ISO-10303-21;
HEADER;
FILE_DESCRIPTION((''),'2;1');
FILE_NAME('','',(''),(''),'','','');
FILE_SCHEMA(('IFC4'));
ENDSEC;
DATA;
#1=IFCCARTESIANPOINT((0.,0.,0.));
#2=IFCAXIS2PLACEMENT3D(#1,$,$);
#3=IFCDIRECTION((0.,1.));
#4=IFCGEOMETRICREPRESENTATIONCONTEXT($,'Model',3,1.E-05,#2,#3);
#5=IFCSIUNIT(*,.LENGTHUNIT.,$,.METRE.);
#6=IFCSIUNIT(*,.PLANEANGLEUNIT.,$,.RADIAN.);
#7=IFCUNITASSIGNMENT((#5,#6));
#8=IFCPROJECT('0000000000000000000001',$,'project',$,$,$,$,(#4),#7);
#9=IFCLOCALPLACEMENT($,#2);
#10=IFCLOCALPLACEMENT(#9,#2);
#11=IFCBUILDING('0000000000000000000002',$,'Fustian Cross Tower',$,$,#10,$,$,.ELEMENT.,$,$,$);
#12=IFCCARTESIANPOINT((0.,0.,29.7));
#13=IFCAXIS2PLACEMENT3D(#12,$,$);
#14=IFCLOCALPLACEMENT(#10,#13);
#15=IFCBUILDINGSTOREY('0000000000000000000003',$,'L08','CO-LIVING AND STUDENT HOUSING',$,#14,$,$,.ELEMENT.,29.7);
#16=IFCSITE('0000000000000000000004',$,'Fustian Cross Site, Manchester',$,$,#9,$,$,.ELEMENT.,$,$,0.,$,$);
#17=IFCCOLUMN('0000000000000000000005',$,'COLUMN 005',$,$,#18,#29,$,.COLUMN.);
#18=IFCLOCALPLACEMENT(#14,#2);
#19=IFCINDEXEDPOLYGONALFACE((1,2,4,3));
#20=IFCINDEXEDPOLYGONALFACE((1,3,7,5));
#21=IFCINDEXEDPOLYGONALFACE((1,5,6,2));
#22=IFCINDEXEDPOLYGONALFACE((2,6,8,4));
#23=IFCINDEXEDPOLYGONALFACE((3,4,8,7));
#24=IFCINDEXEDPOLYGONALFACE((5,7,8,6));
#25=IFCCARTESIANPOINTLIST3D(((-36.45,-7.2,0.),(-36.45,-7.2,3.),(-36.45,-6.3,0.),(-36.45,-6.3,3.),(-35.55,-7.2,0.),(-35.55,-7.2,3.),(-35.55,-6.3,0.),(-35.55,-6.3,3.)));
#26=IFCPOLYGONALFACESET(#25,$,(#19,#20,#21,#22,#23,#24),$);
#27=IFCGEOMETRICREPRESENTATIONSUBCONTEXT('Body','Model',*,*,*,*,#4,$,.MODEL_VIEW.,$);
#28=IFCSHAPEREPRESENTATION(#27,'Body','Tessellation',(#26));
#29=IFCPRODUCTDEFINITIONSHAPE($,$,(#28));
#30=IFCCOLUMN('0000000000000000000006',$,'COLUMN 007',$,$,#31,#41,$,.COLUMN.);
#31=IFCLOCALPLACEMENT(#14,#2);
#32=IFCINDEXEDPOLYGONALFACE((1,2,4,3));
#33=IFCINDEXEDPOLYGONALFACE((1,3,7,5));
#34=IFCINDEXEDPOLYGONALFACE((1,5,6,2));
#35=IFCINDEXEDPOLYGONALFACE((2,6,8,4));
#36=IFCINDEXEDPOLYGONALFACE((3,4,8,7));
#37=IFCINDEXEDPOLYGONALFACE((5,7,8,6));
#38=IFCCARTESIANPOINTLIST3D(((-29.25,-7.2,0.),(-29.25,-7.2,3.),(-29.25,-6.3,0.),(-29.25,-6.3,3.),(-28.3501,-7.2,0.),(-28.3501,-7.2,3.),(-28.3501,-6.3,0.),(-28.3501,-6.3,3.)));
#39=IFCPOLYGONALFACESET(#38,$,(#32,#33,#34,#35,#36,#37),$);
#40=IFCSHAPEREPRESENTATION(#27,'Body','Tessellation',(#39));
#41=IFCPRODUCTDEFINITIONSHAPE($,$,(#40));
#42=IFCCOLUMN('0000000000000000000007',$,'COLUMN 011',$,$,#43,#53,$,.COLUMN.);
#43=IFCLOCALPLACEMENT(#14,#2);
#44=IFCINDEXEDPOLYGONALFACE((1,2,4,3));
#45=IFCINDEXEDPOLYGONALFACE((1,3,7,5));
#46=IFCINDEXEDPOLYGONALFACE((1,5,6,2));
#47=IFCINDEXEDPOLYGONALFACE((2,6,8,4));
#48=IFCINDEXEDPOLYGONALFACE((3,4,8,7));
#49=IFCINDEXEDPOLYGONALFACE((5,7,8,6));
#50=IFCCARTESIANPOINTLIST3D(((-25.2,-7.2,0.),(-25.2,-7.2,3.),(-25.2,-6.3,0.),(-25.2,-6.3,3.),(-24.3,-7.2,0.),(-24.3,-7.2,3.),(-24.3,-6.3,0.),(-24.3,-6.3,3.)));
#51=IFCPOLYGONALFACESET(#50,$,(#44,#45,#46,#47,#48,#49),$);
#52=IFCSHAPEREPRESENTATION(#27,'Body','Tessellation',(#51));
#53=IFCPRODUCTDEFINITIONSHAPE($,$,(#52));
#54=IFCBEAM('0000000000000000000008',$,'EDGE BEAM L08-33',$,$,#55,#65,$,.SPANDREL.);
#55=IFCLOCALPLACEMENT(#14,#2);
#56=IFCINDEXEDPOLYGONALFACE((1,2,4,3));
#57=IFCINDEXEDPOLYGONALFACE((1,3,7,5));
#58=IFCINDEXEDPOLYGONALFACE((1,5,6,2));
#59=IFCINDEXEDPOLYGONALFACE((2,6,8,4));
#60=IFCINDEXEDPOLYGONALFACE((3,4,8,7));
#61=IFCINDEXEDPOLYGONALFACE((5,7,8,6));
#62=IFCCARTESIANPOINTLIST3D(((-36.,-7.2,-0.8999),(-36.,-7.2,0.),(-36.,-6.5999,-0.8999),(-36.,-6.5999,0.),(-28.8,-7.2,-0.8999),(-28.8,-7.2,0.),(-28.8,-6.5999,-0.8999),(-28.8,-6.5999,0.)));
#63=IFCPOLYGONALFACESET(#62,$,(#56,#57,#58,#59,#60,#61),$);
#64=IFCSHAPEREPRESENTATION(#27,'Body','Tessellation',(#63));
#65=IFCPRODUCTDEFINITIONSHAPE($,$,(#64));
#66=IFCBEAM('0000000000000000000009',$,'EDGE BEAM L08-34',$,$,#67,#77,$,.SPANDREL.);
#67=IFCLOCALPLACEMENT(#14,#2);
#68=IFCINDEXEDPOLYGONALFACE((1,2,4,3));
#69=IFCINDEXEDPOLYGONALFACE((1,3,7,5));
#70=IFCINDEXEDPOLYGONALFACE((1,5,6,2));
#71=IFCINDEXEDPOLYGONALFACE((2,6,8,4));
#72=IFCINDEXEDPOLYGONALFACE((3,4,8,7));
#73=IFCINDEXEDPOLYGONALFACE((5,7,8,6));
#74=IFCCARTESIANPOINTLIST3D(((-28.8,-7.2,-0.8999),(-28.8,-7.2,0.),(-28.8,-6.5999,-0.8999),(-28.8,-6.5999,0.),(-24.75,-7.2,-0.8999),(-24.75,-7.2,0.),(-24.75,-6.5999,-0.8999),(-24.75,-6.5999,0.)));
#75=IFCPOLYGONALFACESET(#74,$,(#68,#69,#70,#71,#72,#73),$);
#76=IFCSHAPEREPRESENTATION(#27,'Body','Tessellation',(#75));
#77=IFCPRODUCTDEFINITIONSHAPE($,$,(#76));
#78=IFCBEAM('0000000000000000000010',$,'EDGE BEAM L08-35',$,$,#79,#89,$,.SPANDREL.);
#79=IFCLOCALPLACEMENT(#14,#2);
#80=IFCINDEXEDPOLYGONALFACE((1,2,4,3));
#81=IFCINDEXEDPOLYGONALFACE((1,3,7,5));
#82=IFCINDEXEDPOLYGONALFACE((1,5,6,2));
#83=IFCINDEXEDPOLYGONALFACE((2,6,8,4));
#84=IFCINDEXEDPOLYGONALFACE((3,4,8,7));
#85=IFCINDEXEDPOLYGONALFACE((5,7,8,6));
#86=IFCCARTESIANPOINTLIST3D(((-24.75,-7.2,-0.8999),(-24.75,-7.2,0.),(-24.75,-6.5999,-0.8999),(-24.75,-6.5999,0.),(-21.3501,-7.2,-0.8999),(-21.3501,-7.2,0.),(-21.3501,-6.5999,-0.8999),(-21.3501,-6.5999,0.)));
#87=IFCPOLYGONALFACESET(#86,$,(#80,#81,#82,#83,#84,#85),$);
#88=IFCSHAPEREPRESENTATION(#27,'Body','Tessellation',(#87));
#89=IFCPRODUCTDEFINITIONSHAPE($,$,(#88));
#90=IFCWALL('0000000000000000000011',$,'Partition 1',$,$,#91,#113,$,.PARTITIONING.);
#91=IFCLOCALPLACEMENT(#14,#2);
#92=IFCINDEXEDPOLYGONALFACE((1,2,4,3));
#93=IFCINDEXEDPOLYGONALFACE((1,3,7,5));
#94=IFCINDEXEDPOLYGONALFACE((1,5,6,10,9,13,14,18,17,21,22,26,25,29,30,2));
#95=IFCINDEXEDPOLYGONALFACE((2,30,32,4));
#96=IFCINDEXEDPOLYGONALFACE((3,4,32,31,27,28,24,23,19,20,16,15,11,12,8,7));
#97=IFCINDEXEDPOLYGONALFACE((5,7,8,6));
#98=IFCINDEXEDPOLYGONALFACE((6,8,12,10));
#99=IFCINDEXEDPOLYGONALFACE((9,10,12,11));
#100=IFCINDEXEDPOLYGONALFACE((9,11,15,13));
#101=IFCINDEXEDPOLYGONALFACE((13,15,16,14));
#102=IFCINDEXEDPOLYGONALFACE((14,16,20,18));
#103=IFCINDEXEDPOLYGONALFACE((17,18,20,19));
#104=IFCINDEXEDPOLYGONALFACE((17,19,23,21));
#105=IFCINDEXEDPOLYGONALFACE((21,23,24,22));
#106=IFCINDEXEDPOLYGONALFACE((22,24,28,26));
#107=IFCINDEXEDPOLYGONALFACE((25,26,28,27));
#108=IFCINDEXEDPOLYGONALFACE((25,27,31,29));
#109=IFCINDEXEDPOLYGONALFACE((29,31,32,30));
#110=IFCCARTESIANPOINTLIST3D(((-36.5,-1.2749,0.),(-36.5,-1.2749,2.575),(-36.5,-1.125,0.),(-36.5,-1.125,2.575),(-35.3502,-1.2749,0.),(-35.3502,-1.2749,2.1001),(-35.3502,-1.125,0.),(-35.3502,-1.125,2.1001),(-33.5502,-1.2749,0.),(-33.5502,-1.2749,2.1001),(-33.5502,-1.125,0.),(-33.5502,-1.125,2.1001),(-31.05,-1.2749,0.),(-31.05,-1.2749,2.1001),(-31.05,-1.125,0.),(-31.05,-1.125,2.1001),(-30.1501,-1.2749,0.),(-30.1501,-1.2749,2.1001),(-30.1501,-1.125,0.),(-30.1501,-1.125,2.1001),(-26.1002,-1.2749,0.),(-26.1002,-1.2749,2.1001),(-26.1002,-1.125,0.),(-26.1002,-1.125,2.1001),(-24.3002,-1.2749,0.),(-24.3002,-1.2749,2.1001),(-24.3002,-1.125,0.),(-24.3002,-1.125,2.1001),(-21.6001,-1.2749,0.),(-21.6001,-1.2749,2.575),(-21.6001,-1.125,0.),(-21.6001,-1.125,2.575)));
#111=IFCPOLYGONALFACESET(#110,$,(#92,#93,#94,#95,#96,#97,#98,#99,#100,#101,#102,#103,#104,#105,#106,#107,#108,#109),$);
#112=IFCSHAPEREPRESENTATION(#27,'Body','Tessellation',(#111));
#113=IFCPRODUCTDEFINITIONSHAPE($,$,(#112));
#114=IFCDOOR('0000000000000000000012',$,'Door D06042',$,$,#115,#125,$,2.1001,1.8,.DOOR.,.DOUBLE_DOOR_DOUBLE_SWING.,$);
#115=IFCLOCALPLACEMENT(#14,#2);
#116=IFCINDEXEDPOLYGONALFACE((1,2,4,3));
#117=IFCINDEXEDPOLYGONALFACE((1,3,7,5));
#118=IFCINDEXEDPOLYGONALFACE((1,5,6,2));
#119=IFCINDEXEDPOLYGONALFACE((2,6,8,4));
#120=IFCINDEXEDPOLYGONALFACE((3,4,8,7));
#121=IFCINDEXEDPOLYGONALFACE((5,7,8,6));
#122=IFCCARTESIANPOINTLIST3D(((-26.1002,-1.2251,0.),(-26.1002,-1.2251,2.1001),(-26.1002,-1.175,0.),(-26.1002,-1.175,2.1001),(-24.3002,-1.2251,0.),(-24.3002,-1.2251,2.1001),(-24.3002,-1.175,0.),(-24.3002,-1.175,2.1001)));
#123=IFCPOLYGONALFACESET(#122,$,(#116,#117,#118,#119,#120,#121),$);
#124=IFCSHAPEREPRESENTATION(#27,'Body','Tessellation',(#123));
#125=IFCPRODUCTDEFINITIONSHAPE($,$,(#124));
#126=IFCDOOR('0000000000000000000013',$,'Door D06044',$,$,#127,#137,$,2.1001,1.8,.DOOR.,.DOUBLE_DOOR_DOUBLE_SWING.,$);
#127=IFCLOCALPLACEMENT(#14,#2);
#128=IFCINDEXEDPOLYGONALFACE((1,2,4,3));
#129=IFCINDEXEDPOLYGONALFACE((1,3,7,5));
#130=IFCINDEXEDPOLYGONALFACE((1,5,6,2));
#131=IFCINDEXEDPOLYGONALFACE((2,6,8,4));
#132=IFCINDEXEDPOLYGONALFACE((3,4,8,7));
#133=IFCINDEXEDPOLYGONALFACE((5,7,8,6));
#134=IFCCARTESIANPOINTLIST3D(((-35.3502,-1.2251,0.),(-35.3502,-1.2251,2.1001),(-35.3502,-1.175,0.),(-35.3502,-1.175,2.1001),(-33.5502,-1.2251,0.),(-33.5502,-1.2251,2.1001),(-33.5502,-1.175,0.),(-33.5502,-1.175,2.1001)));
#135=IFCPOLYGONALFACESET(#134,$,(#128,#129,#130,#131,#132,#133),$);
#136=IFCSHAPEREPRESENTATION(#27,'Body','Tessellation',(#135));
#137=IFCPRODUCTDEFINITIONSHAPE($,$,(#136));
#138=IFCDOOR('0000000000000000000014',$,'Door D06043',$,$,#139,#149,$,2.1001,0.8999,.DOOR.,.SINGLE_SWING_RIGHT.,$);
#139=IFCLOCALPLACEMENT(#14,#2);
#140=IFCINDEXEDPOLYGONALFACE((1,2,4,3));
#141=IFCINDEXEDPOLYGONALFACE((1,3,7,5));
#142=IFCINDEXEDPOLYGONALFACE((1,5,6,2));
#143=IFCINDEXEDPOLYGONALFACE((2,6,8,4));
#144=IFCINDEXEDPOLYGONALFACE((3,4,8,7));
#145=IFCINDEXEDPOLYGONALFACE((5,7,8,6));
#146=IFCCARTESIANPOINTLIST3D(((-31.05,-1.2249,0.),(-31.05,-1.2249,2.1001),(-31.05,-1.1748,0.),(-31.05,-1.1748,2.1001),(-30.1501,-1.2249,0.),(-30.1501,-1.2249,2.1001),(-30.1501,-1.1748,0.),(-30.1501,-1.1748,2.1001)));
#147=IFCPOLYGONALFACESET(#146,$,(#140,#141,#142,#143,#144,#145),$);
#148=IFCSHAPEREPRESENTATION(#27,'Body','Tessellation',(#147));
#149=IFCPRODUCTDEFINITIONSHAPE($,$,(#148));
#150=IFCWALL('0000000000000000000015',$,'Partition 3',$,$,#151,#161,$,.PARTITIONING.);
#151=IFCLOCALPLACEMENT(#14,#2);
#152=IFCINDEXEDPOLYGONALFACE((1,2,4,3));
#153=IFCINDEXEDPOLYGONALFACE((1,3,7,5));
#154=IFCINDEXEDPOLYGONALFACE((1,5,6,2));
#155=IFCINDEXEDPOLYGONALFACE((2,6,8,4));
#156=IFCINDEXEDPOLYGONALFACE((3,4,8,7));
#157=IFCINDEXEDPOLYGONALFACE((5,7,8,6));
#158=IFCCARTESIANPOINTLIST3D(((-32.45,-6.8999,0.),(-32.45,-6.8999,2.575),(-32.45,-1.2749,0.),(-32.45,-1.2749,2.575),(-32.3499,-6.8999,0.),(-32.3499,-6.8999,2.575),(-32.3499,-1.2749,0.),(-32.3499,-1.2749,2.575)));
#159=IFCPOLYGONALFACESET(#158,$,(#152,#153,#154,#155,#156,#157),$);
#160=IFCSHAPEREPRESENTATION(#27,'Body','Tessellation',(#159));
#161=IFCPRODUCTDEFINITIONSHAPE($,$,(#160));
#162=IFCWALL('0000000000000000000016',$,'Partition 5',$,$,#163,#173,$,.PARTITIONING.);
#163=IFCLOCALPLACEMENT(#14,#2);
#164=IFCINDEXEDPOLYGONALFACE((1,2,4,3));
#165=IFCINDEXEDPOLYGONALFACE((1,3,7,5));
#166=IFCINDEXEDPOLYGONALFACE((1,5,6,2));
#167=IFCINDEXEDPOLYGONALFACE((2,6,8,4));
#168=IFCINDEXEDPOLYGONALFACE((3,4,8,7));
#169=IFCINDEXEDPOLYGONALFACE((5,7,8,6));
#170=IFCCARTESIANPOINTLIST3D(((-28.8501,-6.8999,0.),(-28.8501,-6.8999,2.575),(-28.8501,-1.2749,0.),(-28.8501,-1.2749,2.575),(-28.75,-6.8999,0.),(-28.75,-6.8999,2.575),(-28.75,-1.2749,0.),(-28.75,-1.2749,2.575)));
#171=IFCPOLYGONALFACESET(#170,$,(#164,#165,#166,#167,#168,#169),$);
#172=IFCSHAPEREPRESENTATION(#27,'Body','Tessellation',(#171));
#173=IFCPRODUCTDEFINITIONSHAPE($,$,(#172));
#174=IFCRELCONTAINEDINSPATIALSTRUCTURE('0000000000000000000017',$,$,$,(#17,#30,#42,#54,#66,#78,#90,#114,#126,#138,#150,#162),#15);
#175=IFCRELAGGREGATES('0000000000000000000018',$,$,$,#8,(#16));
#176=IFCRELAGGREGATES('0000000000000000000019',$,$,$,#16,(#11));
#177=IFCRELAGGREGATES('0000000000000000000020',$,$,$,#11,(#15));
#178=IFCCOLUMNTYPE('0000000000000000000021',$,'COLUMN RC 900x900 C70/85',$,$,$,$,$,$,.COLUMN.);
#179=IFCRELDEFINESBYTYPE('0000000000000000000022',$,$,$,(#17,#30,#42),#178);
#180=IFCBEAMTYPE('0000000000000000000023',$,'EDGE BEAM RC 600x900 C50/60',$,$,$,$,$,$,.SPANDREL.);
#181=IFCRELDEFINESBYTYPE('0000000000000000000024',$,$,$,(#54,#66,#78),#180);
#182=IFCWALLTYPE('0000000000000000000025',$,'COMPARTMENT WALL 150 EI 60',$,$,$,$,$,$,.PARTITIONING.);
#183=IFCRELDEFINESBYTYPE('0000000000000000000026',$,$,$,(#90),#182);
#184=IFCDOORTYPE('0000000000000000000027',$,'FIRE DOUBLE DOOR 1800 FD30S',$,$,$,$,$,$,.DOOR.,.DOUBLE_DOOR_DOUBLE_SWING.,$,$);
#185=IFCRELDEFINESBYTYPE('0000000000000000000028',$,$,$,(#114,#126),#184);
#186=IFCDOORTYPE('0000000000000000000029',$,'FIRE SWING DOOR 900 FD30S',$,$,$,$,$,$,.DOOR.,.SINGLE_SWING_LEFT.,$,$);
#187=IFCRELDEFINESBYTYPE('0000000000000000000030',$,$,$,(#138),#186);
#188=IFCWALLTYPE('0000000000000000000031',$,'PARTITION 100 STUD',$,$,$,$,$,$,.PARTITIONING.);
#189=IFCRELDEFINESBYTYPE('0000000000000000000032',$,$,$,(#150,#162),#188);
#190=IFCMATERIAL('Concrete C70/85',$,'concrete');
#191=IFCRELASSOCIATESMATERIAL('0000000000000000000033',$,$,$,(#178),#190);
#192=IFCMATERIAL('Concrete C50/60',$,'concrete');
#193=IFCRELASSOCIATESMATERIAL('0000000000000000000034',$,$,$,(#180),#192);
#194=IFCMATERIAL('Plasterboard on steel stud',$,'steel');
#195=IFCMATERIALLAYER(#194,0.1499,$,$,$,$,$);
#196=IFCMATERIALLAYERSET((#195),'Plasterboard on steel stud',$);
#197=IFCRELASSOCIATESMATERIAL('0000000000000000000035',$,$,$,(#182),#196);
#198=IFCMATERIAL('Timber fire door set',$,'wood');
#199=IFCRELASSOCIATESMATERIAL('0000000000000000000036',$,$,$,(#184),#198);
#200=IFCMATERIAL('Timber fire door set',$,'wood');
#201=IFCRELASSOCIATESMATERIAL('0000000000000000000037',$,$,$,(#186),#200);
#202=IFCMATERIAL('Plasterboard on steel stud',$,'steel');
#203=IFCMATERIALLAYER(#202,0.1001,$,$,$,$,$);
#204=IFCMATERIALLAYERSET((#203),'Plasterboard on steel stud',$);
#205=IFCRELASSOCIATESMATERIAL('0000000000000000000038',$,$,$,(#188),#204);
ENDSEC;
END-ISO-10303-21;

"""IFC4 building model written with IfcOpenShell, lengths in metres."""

from ifc_helpers import new_model, si_unit, direction, frame, frame_2d, origin, origin_2d, place, context, subcontext, project, spatial, rectangle, extrude, material, layer, layer_set, material_profile, profile_set, type_object, element, fill, save


model = new_model("IFC4")

# Units and contexts
model_context = context("Model", 3, precision=1e-05, world=origin(), true_north=direction((0.0, 1.0)))
body_context = subcontext(model_context, "Body", "Model", "MODEL_VIEW")
ifc_project = project(units=[si_unit("LENGTHUNIT", "METRE"), si_unit("PLANEANGLEUNIT", "RADIAN")], contexts=[model_context])

# Site, building, storey
site_placement = place(None, origin())
site = spatial("IfcSite", under=ifc_project, at=site_placement, Name="Fustian Cross Site, Manchester", CompositionType="ELEMENT", RefElevation=0.0)
building_placement = place(site_placement, origin())
building = spatial("IfcBuilding", under=site, at=building_placement, Name="Fustian Cross Tower", CompositionType="ELEMENT")
storey_placement = place(building_placement, frame((0.0, 0.0, 29.7)))
storey = spatial("IfcBuildingStorey", under=building, at=storey_placement, Name="L08", Description="CO-LIVING AND STUDENT HOUSING", CompositionType="ELEMENT", Elevation=29.7)

# Columns
ifc_material_1 = material(Name="Concrete C70/85", Category="concrete")
ifc_material_profile_1 = material_profile(ifc_material_1, rectangle(XDim=0.8999, YDim=0.8999, at=origin_2d()), Name="RC 900x900")
ifc_profile_set_1 = profile_set([ifc_material_profile_1], Name="Concrete C70/85")
column_type = type_object("IfcColumnType", Name="COLUMN RC 900x900 C70/85", PredefinedType="COLUMN", material=ifc_profile_set_1)
for number, where, z_axis, x_axis, name in (
    (1, (-36.0, -6.75, 0.0), (0.0, 0.0, 1.0), (1.0, 0.0, 0.0), "COLUMN 005"),
    (2, (-28.8, -6.75, 0.0), (0.0, 0.0, 1.0), (1.0, 0.0, 0.0), "COLUMN 007"),
    (3, (-24.75, -6.75, 0.0), (0.0, 0.0, 1.0), (1.0, 0.0, 0.0), "COLUMN 011"),
):
    element("IfcColumn", number, at=place(storey_placement, frame(where, z_axis=z_axis, x_axis=x_axis)), inside=storey, type_object=column_type, Name=name, PredefinedType="COLUMN", context=body_context, shape_type="SweptSolid", body=[
        extrude(rectangle(XDim=0.8999, YDim=0.8999, at=origin_2d()), origin(), (0.0, 0.0, 1.0), 3.0),
    ])

# Beams
ifc_material_2 = material(Name="Concrete C50/60", Category="concrete")
ifc_material_profile_2 = material_profile(ifc_material_2, rectangle(XDim=0.6001, YDim=0.8999, at=origin_2d()), Name="RC 600x900")
ifc_profile_set_2 = profile_set([ifc_material_profile_2], Name="Concrete C50/60")
beam_type = type_object("IfcBeamType", Name="EDGE BEAM RC 600x900 C50/60", PredefinedType="SPANDREL", material=ifc_profile_set_2)
beam_1_placement = place(storey_placement, frame((-36.0, -6.8999, -0.45), z_axis=(1.0, 0.0, 0.0), x_axis=(0.0, 1.0, 0.0)))
element("IfcBeam", 4, at=beam_1_placement, inside=storey, type_object=beam_type, Name="EDGE BEAM L08-33", PredefinedType="SPANDREL", context=body_context, shape_type="SweptSolid", body=[
    extrude(rectangle(XDim=0.6001, YDim=0.8999, at=origin_2d()), origin(), (0.0, 0.0, 1.0), 7.2),
])
beam_2_placement = place(storey_placement, frame((-28.8, -6.8999, -0.45), z_axis=(1.0, 0.0, 0.0), x_axis=(0.0, 1.0, 0.0)))
element("IfcBeam", 5, at=beam_2_placement, inside=storey, type_object=beam_type, Name="EDGE BEAM L08-34", PredefinedType="SPANDREL", context=body_context, shape_type="SweptSolid", body=[
    extrude(rectangle(XDim=0.6001, YDim=0.8999, at=origin_2d()), origin(), (0.0, 0.0, 1.0), 4.05),
])
beam_3_placement = place(storey_placement, frame((-24.75, -6.8999, -0.45), z_axis=(1.0, 0.0, 0.0), x_axis=(0.0, 1.0, 0.0)))
element("IfcBeam", 6, at=beam_3_placement, inside=storey, type_object=beam_type, Name="EDGE BEAM L08-35", PredefinedType="SPANDREL", context=body_context, shape_type="SweptSolid", body=[
    extrude(rectangle(XDim=0.6001, YDim=0.8999, at=origin_2d()), origin(), (0.0, 0.0, 1.0), 3.3999),
])

# Wall, openings, doors
ifc_material_3 = material(Name="Plasterboard on steel stud", Category="steel")
ifc_layer_1 = layer(ifc_material_3, 0.1499)
ifc_layer_set_1 = layer_set([ifc_layer_1], Name="Plasterboard on steel stud")
wall_type_1 = type_object("IfcWallType", Name="COMPARTMENT WALL 150 EI 60", PredefinedType="PARTITIONING", material=ifc_layer_set_1)
wall_1_placement = place(storey_placement, frame((-36.5, -1.2, 0.0), z_axis=(0.0, 0.0, 1.0), x_axis=(1.0, 0.0, 0.0)))
wall_1 = element("IfcWall", 7, at=wall_1_placement, inside=storey, type_object=wall_type_1, Name="Partition 1", PredefinedType="PARTITIONING", context=body_context, shape_type="SweptSolid", body=[
    extrude(rectangle(XDim=14.8999, YDim=0.1499, at=frame_2d((7.45, 0.0))), origin(), (0.0, 0.0, 1.0), 2.575),
])
opening_1_placement = place(wall_1_placement, frame((10.3999, 0.0, 0.0)))
opening_1 = element("IfcOpeningElement", 8, at=opening_1_placement, cuts=wall_1, PredefinedType="OPENING", context=body_context, shape_type="SweptSolid", body=[
    extrude(rectangle(XDim=1.8, YDim=2.1001, at=frame_2d((0.8999, 1.05))), frame((0.0, 0.085, 0.0), z_axis=(0.0, -1.0, 0.0), x_axis=(1.0, 0.0, 0.0)), (0.0, 0.0, 1.0), 0.1699),
])
opening_2_placement = place(wall_1_placement, frame((5.45, 0.0, 0.0)))
opening_2 = element("IfcOpeningElement", 9, at=opening_2_placement, cuts=wall_1, PredefinedType="OPENING", context=body_context, shape_type="SweptSolid", body=[
    extrude(rectangle(XDim=0.8999, YDim=2.1001, at=frame_2d((0.45, 1.05))), frame((0.0, 0.085, 0.0), z_axis=(0.0, -1.0, 0.0), x_axis=(1.0, 0.0, 0.0)), (0.0, 0.0, 1.0), 0.1699),
])
opening_3_placement = place(wall_1_placement, frame((1.1499, 0.0, 0.0)))
opening_3 = element("IfcOpeningElement", 10, at=opening_3_placement, cuts=wall_1, PredefinedType="OPENING", context=body_context, shape_type="SweptSolid", body=[
    extrude(rectangle(XDim=1.8, YDim=2.1001, at=frame_2d((0.8999, 1.05))), frame((0.0, 0.085, 0.0), z_axis=(0.0, -1.0, 0.0), x_axis=(1.0, 0.0, 0.0)), (0.0, 0.0, 1.0), 0.1699),
])
ifc_material_4 = material(Name="Timber fire door set", Category="wood")
door_type_1 = type_object("IfcDoorType", Name="FIRE DOUBLE DOOR 1800 FD30S", OperationType="DOUBLE_DOOR_DOUBLE_SWING", PredefinedType="DOOR", material=ifc_material_4)
door_1_placement = place(opening_1_placement, origin())
door_1 = element("IfcDoor", 11, at=door_1_placement, inside=storey, type_object=door_type_1, Name="Door D06042", OperationType="DOUBLE_DOOR_DOUBLE_SWING", OverallHeight=2.1001, OverallWidth=1.8, PredefinedType="DOOR", context=body_context, shape_type="SweptSolid", body=[
    extrude(rectangle(XDim=1.8, YDim=2.1001, at=frame_2d((0.8999, 1.05))), frame((0.0, 0.0249, 0.0), z_axis=(0.0, -1.0, 0.0), x_axis=(1.0, 0.0, 0.0)), (0.0, 0.0, 1.0), 0.05),
])
fill(opening_1, door_1)
door_2_placement = place(opening_3_placement, origin())
door_2 = element("IfcDoor", 12, at=door_2_placement, inside=storey, type_object=door_type_1, Name="Door D06044", OperationType="DOUBLE_DOOR_DOUBLE_SWING", OverallHeight=2.1001, OverallWidth=1.8, PredefinedType="DOOR", context=body_context, shape_type="SweptSolid", body=[
    extrude(rectangle(XDim=1.8, YDim=2.1001, at=frame_2d((0.8999, 1.05))), frame((0.0, 0.0249, 0.0), z_axis=(0.0, -1.0, 0.0), x_axis=(1.0, 0.0, 0.0)), (0.0, 0.0, 1.0), 0.05),
])
fill(opening_3, door_2)
ifc_material_5 = material(Name="Timber fire door set", Category="wood")
door_type_2 = type_object("IfcDoorType", Name="FIRE SWING DOOR 900 FD30S", OperationType="SINGLE_SWING_LEFT", PredefinedType="DOOR", material=ifc_material_5)
door_3_placement = place(opening_2_placement, frame((0.8999, 0.0, 0.0), z_axis=(0.0, 0.0, 1.0), x_axis=(-1.0, 0.0, 0.0)))
door_3 = element("IfcDoor", 13, at=door_3_placement, inside=storey, type_object=door_type_2, Name="Door D06043", OperationType="SINGLE_SWING_RIGHT", OverallHeight=2.1001, OverallWidth=0.8999, PredefinedType="DOOR", context=body_context, shape_type="SweptSolid", body=[
    extrude(rectangle(XDim=0.8999, YDim=2.1001, at=frame_2d((0.45, 1.05))), frame((0.0, 0.0249, 0.0), z_axis=(0.0, -1.0, 0.0), x_axis=(1.0, 0.0, 0.0)), (0.0, 0.0, 1.0), 0.05),
])
fill(opening_2, door_3)

# Walls
ifc_material_6 = material(Name="Plasterboard on steel stud", Category="steel")
ifc_layer_2 = layer(ifc_material_6, 0.1001)
ifc_layer_set_2 = layer_set([ifc_layer_2], Name="Plasterboard on steel stud")
wall_type_2 = type_object("IfcWallType", Name="PARTITION 100 STUD", PredefinedType="PARTITIONING", material=ifc_layer_set_2)
for number, where, z_axis, x_axis, name in (
    (14, (-32.3999, -6.8999, 0.0), (0.0, 0.0, 1.0), (0.0, 1.0, 0.0), "Partition 3"),
    (15, (-28.8, -6.8999, 0.0), (0.0, 0.0, 1.0), (0.0, 1.0, 0.0), "Partition 5"),
):
    element("IfcWall", number, at=place(storey_placement, frame(where, z_axis=z_axis, x_axis=x_axis)), inside=storey, type_object=wall_type_2, Name=name, PredefinedType="PARTITIONING", context=body_context, shape_type="SweptSolid", body=[
        extrude(rectangle(XDim=5.625, YDim=0.1001, at=frame_2d((2.8125, 0.0))), origin(), (0.0, 0.0, 1.0), 2.575),
    ])

save(model, "model.ifc")
